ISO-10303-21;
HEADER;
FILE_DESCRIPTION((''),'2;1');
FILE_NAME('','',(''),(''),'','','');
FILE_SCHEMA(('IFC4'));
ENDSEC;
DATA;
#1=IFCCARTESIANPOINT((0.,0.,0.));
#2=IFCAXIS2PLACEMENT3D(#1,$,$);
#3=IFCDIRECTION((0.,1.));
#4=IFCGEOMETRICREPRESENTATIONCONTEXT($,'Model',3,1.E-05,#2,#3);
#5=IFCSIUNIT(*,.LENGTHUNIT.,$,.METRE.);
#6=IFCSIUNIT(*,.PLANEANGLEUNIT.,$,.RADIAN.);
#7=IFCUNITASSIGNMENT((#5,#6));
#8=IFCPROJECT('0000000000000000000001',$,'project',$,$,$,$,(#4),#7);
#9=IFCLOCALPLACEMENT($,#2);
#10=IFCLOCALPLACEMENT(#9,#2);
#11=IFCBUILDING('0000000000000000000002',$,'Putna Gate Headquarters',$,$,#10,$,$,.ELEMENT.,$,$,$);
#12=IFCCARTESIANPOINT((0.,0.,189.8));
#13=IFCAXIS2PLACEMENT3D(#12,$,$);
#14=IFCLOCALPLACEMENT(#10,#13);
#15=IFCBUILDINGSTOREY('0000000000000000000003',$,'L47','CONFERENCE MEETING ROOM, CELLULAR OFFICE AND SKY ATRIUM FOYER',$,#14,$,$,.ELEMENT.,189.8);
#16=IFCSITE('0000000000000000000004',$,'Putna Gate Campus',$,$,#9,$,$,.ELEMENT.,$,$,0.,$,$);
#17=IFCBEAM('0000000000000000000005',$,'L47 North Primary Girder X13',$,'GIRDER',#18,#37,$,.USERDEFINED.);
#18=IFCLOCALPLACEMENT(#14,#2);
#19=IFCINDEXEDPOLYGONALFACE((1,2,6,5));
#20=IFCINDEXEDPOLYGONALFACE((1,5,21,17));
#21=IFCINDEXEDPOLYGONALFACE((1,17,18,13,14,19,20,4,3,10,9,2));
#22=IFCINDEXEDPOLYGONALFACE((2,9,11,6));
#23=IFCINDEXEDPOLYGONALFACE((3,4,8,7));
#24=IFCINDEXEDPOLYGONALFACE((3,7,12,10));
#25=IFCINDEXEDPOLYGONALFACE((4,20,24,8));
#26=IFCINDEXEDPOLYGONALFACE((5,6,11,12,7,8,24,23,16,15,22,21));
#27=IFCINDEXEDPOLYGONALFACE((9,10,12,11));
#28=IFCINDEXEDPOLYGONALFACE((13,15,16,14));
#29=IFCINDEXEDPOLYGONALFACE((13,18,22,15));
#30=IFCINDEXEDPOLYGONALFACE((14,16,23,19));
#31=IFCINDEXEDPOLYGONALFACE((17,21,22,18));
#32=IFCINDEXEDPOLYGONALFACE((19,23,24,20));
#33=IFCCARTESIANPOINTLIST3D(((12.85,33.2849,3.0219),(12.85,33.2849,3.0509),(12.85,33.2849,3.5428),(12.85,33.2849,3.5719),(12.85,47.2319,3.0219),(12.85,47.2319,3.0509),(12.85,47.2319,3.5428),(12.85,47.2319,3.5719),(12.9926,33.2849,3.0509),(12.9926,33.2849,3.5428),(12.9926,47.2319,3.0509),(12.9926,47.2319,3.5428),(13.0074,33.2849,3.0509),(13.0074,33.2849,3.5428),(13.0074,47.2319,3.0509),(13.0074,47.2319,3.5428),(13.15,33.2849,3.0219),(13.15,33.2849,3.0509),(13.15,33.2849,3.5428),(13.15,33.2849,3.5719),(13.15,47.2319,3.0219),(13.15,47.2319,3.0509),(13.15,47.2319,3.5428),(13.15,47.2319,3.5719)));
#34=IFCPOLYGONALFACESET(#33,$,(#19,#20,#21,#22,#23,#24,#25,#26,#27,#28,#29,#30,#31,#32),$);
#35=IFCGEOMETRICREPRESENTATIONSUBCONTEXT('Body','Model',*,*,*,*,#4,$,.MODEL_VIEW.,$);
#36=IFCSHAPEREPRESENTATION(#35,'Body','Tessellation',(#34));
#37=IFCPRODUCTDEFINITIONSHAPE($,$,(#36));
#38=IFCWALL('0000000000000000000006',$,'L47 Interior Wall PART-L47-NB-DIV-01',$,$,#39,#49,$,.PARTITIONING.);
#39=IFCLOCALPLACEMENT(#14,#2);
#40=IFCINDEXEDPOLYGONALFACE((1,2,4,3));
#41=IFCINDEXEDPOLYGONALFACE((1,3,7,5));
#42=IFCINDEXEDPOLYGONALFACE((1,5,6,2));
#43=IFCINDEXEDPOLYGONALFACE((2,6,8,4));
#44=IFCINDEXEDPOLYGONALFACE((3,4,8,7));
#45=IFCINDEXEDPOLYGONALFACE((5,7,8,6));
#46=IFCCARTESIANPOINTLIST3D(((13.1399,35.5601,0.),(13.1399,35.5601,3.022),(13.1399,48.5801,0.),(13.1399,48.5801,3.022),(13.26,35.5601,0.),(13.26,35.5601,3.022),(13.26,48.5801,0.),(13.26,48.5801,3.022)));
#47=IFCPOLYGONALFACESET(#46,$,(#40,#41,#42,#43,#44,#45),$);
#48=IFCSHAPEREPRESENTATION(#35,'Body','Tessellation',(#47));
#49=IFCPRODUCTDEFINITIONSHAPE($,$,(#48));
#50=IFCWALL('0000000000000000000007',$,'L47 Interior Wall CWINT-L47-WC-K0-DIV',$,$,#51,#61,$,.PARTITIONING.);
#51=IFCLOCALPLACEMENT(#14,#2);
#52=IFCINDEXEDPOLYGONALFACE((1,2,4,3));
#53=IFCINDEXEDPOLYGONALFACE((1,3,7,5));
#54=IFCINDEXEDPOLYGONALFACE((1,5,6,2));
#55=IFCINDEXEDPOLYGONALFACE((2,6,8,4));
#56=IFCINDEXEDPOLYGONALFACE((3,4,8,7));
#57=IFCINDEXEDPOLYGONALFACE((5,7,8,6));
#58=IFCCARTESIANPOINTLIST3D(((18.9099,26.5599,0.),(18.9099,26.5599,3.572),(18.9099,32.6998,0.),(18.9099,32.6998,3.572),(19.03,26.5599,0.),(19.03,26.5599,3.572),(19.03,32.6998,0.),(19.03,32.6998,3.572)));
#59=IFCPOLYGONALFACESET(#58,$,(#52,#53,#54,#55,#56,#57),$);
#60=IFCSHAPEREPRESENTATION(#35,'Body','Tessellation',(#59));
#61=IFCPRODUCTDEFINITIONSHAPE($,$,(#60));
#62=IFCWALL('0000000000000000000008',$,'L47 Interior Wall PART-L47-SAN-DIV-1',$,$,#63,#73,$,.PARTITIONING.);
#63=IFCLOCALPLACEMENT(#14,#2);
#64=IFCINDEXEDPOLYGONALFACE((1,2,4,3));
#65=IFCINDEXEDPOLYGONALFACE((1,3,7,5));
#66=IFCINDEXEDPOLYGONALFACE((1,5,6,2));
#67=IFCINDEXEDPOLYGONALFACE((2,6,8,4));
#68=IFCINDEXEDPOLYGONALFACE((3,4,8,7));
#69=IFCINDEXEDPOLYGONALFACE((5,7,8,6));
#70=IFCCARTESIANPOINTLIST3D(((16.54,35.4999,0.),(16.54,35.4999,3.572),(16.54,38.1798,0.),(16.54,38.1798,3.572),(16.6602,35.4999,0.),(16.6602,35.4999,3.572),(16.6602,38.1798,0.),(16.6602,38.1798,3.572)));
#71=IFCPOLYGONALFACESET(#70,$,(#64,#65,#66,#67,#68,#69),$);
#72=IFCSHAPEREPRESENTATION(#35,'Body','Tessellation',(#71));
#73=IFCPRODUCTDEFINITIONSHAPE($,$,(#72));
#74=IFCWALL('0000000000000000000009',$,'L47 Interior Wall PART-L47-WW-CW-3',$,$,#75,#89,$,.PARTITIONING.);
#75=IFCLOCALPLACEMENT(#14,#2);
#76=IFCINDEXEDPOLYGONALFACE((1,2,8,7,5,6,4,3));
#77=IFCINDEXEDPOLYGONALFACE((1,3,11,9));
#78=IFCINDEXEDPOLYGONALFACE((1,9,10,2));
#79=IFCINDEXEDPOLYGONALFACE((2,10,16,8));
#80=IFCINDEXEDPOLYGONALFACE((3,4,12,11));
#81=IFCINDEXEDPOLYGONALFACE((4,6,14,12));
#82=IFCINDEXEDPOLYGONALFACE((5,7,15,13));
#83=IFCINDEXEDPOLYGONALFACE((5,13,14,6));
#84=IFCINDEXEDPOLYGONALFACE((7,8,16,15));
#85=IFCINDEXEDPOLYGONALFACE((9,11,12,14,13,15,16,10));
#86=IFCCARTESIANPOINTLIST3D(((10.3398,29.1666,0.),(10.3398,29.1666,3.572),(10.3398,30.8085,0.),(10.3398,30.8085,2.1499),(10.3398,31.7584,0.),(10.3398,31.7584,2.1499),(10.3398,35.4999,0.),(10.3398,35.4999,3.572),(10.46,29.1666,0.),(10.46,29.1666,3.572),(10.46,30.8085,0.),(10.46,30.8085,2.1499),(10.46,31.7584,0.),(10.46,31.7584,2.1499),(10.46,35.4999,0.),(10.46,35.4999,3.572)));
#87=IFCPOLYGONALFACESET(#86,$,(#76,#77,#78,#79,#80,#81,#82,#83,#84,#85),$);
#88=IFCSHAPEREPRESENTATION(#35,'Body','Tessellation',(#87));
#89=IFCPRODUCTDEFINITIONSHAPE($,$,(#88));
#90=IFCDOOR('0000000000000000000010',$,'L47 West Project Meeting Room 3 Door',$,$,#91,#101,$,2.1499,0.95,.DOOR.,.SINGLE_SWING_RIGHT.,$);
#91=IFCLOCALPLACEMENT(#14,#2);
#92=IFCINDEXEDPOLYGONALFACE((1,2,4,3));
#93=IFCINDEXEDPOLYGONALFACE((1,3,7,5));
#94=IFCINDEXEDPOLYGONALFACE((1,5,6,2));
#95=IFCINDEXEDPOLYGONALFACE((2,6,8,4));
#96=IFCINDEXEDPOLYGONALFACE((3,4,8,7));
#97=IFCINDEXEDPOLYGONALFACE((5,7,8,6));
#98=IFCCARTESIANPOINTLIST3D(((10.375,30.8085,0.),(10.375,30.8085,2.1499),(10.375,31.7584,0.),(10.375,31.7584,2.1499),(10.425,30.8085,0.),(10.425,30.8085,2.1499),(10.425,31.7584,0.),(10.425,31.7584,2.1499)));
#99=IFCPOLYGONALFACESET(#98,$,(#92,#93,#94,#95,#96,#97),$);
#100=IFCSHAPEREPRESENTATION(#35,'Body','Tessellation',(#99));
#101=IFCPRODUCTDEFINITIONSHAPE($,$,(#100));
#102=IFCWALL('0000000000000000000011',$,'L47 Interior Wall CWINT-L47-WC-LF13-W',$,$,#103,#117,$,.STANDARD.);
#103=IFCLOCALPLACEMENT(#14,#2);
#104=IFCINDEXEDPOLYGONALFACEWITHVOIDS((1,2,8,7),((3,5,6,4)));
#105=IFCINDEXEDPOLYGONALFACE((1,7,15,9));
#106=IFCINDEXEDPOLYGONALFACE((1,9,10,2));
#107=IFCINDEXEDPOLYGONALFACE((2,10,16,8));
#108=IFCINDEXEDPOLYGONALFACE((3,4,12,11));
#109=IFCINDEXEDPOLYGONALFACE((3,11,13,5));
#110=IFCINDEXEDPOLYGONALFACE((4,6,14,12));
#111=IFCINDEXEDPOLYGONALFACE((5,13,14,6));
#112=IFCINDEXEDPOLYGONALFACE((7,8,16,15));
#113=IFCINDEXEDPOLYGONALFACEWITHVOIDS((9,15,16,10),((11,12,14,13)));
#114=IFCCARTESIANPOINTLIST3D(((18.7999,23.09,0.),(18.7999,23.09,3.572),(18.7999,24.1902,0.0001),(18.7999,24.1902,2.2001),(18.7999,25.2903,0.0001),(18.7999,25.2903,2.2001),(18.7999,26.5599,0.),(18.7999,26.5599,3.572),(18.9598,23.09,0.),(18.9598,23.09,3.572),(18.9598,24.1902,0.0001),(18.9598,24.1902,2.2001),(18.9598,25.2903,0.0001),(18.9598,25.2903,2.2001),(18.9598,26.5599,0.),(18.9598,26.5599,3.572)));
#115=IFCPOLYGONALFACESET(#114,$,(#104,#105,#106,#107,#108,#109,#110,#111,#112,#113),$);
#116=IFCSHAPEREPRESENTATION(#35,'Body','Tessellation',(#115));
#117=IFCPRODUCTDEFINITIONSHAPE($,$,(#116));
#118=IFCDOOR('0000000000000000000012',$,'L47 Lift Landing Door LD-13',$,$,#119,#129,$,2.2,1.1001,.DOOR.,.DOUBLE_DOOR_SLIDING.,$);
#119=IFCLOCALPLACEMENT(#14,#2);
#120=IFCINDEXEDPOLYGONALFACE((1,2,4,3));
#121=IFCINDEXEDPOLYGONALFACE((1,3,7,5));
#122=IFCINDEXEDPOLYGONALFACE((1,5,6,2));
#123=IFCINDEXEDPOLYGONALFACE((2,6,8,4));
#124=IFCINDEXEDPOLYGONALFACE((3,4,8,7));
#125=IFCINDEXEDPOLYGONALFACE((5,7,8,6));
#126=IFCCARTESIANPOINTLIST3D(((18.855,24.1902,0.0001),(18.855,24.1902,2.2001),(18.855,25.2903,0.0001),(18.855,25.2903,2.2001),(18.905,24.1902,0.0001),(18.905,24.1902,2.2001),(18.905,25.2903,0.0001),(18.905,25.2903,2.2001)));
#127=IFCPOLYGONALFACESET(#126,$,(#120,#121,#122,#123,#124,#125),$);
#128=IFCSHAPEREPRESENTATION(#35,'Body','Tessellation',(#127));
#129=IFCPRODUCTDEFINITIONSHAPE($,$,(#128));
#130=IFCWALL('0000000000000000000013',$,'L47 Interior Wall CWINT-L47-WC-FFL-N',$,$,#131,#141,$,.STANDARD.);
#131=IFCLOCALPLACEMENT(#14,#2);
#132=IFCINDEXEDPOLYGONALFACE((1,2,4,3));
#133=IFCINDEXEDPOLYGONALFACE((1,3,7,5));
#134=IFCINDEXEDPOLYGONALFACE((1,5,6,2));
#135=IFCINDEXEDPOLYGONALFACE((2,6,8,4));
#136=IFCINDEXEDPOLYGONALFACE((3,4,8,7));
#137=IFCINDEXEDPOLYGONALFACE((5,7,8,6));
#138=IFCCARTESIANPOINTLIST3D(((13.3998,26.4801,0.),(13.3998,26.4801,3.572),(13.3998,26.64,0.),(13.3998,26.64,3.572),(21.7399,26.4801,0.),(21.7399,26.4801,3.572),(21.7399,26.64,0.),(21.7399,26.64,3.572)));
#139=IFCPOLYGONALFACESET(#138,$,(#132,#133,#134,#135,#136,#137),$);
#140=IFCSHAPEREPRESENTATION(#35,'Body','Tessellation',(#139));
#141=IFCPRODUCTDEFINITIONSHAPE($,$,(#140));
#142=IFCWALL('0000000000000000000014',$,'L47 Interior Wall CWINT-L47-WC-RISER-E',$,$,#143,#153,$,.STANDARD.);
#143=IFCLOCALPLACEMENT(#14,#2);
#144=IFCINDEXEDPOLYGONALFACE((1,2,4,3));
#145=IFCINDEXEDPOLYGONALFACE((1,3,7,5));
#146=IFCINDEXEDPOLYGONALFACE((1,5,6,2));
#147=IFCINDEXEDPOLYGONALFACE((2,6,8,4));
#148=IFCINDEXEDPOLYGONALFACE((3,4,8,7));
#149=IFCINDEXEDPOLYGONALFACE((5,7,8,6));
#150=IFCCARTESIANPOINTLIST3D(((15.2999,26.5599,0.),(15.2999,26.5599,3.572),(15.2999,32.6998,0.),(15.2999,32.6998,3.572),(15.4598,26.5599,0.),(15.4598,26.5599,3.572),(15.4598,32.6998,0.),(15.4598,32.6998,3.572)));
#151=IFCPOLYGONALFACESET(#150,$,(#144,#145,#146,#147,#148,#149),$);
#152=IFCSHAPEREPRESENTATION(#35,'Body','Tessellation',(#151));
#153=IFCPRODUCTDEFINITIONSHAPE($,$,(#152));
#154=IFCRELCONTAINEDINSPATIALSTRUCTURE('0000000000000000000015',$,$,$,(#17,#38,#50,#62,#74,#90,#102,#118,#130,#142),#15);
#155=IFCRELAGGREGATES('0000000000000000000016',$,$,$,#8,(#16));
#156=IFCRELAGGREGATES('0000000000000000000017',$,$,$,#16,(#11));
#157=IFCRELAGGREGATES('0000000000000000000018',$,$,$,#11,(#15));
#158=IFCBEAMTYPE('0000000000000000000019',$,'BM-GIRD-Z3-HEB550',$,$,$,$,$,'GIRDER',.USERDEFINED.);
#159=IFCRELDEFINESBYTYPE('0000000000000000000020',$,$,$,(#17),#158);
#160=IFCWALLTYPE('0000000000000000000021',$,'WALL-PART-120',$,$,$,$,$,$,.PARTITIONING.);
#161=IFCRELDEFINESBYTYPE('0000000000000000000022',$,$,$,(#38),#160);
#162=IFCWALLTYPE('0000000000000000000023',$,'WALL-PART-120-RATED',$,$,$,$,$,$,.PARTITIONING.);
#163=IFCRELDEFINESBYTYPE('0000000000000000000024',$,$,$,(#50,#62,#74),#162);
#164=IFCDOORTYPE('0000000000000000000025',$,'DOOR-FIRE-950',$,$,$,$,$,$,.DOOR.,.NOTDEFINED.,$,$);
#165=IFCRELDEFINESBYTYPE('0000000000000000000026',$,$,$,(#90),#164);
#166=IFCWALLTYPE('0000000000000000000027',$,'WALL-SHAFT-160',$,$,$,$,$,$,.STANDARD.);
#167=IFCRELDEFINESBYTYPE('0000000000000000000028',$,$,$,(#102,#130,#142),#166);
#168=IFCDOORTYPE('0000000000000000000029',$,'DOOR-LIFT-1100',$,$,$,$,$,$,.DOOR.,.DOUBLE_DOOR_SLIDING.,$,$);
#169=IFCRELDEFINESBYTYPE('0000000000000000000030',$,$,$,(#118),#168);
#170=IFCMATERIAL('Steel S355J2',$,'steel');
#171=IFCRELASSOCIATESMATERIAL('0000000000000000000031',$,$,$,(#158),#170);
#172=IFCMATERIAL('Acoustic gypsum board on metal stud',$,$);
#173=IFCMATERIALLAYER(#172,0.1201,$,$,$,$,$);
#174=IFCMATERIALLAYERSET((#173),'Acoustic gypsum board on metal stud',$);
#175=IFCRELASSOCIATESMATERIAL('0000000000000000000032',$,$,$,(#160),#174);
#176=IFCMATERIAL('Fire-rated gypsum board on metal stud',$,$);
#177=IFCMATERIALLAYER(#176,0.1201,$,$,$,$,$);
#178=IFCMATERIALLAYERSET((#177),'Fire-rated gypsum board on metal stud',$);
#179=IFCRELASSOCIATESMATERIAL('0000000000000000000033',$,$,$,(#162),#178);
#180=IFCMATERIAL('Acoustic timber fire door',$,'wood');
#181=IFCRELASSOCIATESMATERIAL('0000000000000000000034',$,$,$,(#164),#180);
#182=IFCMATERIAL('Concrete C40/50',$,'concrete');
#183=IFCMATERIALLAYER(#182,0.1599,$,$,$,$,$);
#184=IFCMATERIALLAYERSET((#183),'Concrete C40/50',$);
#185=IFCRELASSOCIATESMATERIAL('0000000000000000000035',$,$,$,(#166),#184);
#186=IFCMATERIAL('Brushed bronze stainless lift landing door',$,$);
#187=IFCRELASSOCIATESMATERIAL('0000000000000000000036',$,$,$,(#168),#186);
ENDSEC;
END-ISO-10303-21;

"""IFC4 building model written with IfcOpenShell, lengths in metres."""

from ifc_helpers import new_model, si_unit, direction, frame, frame_2d, origin, origin_2d, place, context, subcontext, project, spatial, rectangle, i_section, extrude, material, layer, layer_set, material_profile, profile_set, type_object, element, fill, save


model = new_model("IFC4")

# Units and contexts
model_context = context("Model", 3, precision=1e-05, world=origin(), true_north=direction((0.0, 1.0)))
body_context = subcontext(model_context, "Body", "Model", "MODEL_VIEW")
ifc_project = project(units=[si_unit("LENGTHUNIT", "METRE"), si_unit("PLANEANGLEUNIT", "RADIAN")], contexts=[model_context])

# Site, building, storey
site_placement = place(None, origin())
site = spatial("IfcSite", under=ifc_project, at=site_placement, Name="Putna Gate Campus", CompositionType="ELEMENT", RefElevation=0.0)
building_placement = place(site_placement, origin())
building = spatial("IfcBuilding", under=site, at=building_placement, Name="Putna Gate Headquarters", CompositionType="ELEMENT")
storey_placement = place(building_placement, frame((0.0, 0.0, 189.8)))
storey = spatial("IfcBuildingStorey", under=building, at=storey_placement, Name="L47", Description="CONFERENCE MEETING ROOM, CELLULAR OFFICE AND SKY ATRIUM FOYER", CompositionType="ELEMENT", Elevation=189.8)

# Beam
ifc_material_1 = material(Name="Steel S355J2", Category="steel")
ifc_material_profile = material_profile(ifc_material_1, i_section(OverallWidth=0.3, OverallDepth=0.55, WebThickness=0.0149, FlangeThickness=0.0291, at=origin_2d()), Name="Steel S355J2")
ifc_profile_set = profile_set([ifc_material_profile], Name="Steel S355J2")
beam_type = type_object("IfcBeamType", Name="BM-GIRD-Z3-HEB550", ElementType="GIRDER", PredefinedType="USERDEFINED", material=ifc_profile_set)
beam_placement = place(storey_placement, frame((13.0, 33.2849, 3.2969), z_axis=(0.0, 1.0, 0.0), x_axis=(-1.0, 0.0, 0.0)))
element("IfcBeam", 1, at=beam_placement, inside=storey, type_object=beam_type, Name="L47 North Primary Girder X13", ObjectType="GIRDER", PredefinedType="USERDEFINED", context=body_context, shape_type="SweptSolid", body=[
    extrude(i_section(OverallWidth=0.3, OverallDepth=0.55, WebThickness=0.0149, FlangeThickness=0.0291, at=origin_2d()), origin(), (0.0, 0.0, 1.0), 13.947),
])

# Walls
ifc_material_2 = material(Name="Acoustic gypsum board on metal stud")
ifc_layer_1 = layer(ifc_material_2, 0.1201)
ifc_layer_set_1 = layer_set([ifc_layer_1], Name="Acoustic gypsum board on metal stud")
wall_type_1 = type_object("IfcWallType", Name="WALL-PART-120", PredefinedType="PARTITIONING", material=ifc_layer_set_1)
wall_1_placement = place(storey_placement, frame((13.2, 35.5601, 0.0), z_axis=(0.0, 0.0, 1.0), x_axis=(0.0, 1.0, 0.0)))
element("IfcWall", 2, at=wall_1_placement, inside=storey, type_object=wall_type_1, Name="L47 Interior Wall PART-L47-NB-DIV-01", PredefinedType="PARTITIONING", context=body_context, shape_type="SweptSolid", body=[
    extrude(rectangle(XDim=13.02, YDim=0.1201, at=frame_2d((6.51, 0.0))), origin(), (0.0, 0.0, 1.0), 3.022),
])
ifc_material_3 = material(Name="Fire-rated gypsum board on metal stud")
ifc_layer_2 = layer(ifc_material_3, 0.1201)
ifc_layer_set_2 = layer_set([ifc_layer_2], Name="Fire-rated gypsum board on metal stud")
wall_type_2 = type_object("IfcWallType", Name="WALL-PART-120-RATED", PredefinedType="PARTITIONING", material=ifc_layer_set_2)
wall_2_placement = place(storey_placement, frame((18.97, 26.5601, 0.0), z_axis=(0.0, 0.0, 1.0), x_axis=(0.0, 1.0, 0.0)))
element("IfcWall", 3, at=wall_2_placement, inside=storey, type_object=wall_type_2, Name="L47 Interior Wall CWINT-L47-WC-K0-DIV", PredefinedType="PARTITIONING", context=body_context, shape_type="SweptSolid", body=[
    extrude(rectangle(XDim=6.1399, YDim=0.1201, at=frame_2d((3.0698, 0.0))), origin(), (0.0, 0.0, 1.0), 3.572),
])

# Shared definitions
ifc_material_4 = material(Name="Acoustic timber fire door", Category="wood")
door_type_1 = type_object("IfcDoorType", Name="DOOR-FIRE-950", OperationType="NOTDEFINED", PredefinedType="DOOR", material=ifc_material_4)

# Wall
wall_3_placement = place(storey_placement, frame((16.6001, 35.5, 0.0), z_axis=(0.0, 0.0, 1.0), x_axis=(0.0, 1.0, 0.0)))
element("IfcWall", 4, at=wall_3_placement, inside=storey, type_object=wall_type_2, Name="L47 Interior Wall PART-L47-SAN-DIV-1", PredefinedType="PARTITIONING", context=body_context, shape_type="SweptSolid", body=[
    extrude(rectangle(XDim=2.6799, YDim=0.1201, at=frame_2d((1.3398, 0.0))), origin(), (0.0, 0.0, 1.0), 3.572),
])

# Walls, openings, doors
wall_4_placement = place(storey_placement, frame((10.3999, 29.1667, 0.0), z_axis=(0.0, 0.0, 1.0), x_axis=(0.0, 1.0, 0.0)))
wall_4 = element("IfcWall", 5, at=wall_4_placement, inside=storey, type_object=wall_type_2, Name="L47 Interior Wall PART-L47-WW-CW-3", PredefinedType="PARTITIONING", context=body_context, shape_type="SweptSolid", body=[
    extrude(rectangle(XDim=6.3333, YDim=0.1201, at=frame_2d((3.1665, 0.0))), origin(), (0.0, 0.0, 1.0), 3.572),
])
opening_1_placement = place(wall_4_placement, frame((1.6416, 0.0, 0.0)))
opening_1 = element("IfcOpeningElement", 6, at=opening_1_placement, cuts=wall_4, PredefinedType="OPENING", context=body_context, shape_type="SweptSolid", body=[
    extrude(rectangle(XDim=0.95, YDim=2.1499, at=frame_2d((0.4751, 1.075))), frame((0.0, 0.0701, 0.0), z_axis=(0.0, -1.0, 0.0), x_axis=(1.0, 0.0, 0.0)), (0.0, 0.0, 1.0), 0.1401),
])
door_1_placement = place(opening_1_placement, origin())
door_1 = element("IfcDoor", 7, at=door_1_placement, inside=storey, type_object=door_type_1, Name="L47 West Project Meeting Room 3 Door", OperationType="SINGLE_SWING_RIGHT", OverallHeight=2.1499, OverallWidth=0.95, PredefinedType="DOOR", context=body_context, shape_type="SweptSolid", body=[
    extrude(rectangle(XDim=0.95, YDim=2.1499, at=frame_2d((0.4751, 1.075))), frame((0.0, 0.0249, 0.0), z_axis=(0.0, -1.0, 0.0), x_axis=(1.0, 0.0, 0.0)), (0.0, 0.0, 1.0), 0.05),
])
fill(opening_1, door_1)
ifc_material_5 = material(Name="Concrete C40/50", Category="concrete")
ifc_layer_3 = layer(ifc_material_5, 0.1599)
ifc_layer_set_3 = layer_set([ifc_layer_3], Name="Concrete C40/50")
wall_type_3 = type_object("IfcWallType", Name="WALL-SHAFT-160", PredefinedType="STANDARD", material=ifc_layer_set_3)
wall_5_placement = place(storey_placement, frame((18.8799, 23.0901, 0.0), z_axis=(0.0, 0.0, 1.0), x_axis=(0.0, 1.0, 0.0)))
wall_5 = element("IfcWall", 8, at=wall_5_placement, inside=storey, type_object=wall_type_3, Name="L47 Interior Wall CWINT-L47-WC-LF13-W", PredefinedType="STANDARD", context=body_context, shape_type="SweptSolid", body=[
    extrude(rectangle(XDim=3.47, YDim=0.1599, at=frame_2d((1.7349, 0.0))), origin(), (0.0, 0.0, 1.0), 3.572),
])
opening_2_placement = place(wall_5_placement, frame((1.1001, 0.0, 0.0)))
opening_2 = element("IfcOpeningElement", 9, at=opening_2_placement, cuts=wall_5, PredefinedType="OPENING", context=body_context, shape_type="SweptSolid", body=[
    extrude(rectangle(XDim=1.1001, YDim=2.2, at=frame_2d((0.55, 1.1001))), frame((0.0, 0.0898, 0.0), z_axis=(0.0, -1.0, 0.0), x_axis=(1.0, 0.0, 0.0)), (0.0, 0.0, 1.0), 0.1799),
])
ifc_material_6 = material(Name="Brushed bronze stainless lift landing door")
door_type_2 = type_object("IfcDoorType", Name="DOOR-LIFT-1100", OperationType="DOUBLE_DOOR_SLIDING", PredefinedType="DOOR", material=ifc_material_6)
door_2_placement = place(opening_2_placement, origin())
door_2 = element("IfcDoor", 10, at=door_2_placement, inside=storey, type_object=door_type_2, Name="L47 Lift Landing Door LD-13", OperationType="DOUBLE_DOOR_SLIDING", OverallHeight=2.2, OverallWidth=1.1001, PredefinedType="DOOR", context=body_context, shape_type="SweptSolid", body=[
    extrude(rectangle(XDim=1.1001, YDim=2.2, at=frame_2d((0.55, 1.1001))), frame((0.0, 0.0249, 0.0), z_axis=(0.0, -1.0, 0.0), x_axis=(1.0, 0.0, 0.0)), (0.0, 0.0, 1.0), 0.05),
])
fill(opening_2, door_2)

# Walls
wall_6_placement = place(storey_placement, frame((13.3999, 26.5601, 0.0), z_axis=(0.0, 0.0, 1.0), x_axis=(1.0, 0.0, 0.0)))
element("IfcWall", 11, at=wall_6_placement, inside=storey, type_object=wall_type_3, Name="L47 Interior Wall CWINT-L47-WC-FFL-N", PredefinedType="STANDARD", context=body_context, shape_type="SweptSolid", body=[
    extrude(rectangle(XDim=8.3401, YDim=0.1599, at=frame_2d((4.1699, 0.0))), origin(), (0.0, 0.0, 1.0), 3.572),
])
wall_7_placement = place(storey_placement, frame((15.3799, 26.5601, 0.0), z_axis=(0.0, 0.0, 1.0), x_axis=(0.0, 1.0, 0.0)))
element("IfcWall", 12, at=wall_7_placement, inside=storey, type_object=wall_type_3, Name="L47 Interior Wall CWINT-L47-WC-RISER-E", PredefinedType="STANDARD", context=body_context, shape_type="SweptSolid", body=[
    extrude(rectangle(XDim=6.1399, YDim=0.1599, at=frame_2d((3.0698, 0.0))), origin(), (0.0, 0.0, 1.0), 3.572),
])

save(model, "model.ifc")
